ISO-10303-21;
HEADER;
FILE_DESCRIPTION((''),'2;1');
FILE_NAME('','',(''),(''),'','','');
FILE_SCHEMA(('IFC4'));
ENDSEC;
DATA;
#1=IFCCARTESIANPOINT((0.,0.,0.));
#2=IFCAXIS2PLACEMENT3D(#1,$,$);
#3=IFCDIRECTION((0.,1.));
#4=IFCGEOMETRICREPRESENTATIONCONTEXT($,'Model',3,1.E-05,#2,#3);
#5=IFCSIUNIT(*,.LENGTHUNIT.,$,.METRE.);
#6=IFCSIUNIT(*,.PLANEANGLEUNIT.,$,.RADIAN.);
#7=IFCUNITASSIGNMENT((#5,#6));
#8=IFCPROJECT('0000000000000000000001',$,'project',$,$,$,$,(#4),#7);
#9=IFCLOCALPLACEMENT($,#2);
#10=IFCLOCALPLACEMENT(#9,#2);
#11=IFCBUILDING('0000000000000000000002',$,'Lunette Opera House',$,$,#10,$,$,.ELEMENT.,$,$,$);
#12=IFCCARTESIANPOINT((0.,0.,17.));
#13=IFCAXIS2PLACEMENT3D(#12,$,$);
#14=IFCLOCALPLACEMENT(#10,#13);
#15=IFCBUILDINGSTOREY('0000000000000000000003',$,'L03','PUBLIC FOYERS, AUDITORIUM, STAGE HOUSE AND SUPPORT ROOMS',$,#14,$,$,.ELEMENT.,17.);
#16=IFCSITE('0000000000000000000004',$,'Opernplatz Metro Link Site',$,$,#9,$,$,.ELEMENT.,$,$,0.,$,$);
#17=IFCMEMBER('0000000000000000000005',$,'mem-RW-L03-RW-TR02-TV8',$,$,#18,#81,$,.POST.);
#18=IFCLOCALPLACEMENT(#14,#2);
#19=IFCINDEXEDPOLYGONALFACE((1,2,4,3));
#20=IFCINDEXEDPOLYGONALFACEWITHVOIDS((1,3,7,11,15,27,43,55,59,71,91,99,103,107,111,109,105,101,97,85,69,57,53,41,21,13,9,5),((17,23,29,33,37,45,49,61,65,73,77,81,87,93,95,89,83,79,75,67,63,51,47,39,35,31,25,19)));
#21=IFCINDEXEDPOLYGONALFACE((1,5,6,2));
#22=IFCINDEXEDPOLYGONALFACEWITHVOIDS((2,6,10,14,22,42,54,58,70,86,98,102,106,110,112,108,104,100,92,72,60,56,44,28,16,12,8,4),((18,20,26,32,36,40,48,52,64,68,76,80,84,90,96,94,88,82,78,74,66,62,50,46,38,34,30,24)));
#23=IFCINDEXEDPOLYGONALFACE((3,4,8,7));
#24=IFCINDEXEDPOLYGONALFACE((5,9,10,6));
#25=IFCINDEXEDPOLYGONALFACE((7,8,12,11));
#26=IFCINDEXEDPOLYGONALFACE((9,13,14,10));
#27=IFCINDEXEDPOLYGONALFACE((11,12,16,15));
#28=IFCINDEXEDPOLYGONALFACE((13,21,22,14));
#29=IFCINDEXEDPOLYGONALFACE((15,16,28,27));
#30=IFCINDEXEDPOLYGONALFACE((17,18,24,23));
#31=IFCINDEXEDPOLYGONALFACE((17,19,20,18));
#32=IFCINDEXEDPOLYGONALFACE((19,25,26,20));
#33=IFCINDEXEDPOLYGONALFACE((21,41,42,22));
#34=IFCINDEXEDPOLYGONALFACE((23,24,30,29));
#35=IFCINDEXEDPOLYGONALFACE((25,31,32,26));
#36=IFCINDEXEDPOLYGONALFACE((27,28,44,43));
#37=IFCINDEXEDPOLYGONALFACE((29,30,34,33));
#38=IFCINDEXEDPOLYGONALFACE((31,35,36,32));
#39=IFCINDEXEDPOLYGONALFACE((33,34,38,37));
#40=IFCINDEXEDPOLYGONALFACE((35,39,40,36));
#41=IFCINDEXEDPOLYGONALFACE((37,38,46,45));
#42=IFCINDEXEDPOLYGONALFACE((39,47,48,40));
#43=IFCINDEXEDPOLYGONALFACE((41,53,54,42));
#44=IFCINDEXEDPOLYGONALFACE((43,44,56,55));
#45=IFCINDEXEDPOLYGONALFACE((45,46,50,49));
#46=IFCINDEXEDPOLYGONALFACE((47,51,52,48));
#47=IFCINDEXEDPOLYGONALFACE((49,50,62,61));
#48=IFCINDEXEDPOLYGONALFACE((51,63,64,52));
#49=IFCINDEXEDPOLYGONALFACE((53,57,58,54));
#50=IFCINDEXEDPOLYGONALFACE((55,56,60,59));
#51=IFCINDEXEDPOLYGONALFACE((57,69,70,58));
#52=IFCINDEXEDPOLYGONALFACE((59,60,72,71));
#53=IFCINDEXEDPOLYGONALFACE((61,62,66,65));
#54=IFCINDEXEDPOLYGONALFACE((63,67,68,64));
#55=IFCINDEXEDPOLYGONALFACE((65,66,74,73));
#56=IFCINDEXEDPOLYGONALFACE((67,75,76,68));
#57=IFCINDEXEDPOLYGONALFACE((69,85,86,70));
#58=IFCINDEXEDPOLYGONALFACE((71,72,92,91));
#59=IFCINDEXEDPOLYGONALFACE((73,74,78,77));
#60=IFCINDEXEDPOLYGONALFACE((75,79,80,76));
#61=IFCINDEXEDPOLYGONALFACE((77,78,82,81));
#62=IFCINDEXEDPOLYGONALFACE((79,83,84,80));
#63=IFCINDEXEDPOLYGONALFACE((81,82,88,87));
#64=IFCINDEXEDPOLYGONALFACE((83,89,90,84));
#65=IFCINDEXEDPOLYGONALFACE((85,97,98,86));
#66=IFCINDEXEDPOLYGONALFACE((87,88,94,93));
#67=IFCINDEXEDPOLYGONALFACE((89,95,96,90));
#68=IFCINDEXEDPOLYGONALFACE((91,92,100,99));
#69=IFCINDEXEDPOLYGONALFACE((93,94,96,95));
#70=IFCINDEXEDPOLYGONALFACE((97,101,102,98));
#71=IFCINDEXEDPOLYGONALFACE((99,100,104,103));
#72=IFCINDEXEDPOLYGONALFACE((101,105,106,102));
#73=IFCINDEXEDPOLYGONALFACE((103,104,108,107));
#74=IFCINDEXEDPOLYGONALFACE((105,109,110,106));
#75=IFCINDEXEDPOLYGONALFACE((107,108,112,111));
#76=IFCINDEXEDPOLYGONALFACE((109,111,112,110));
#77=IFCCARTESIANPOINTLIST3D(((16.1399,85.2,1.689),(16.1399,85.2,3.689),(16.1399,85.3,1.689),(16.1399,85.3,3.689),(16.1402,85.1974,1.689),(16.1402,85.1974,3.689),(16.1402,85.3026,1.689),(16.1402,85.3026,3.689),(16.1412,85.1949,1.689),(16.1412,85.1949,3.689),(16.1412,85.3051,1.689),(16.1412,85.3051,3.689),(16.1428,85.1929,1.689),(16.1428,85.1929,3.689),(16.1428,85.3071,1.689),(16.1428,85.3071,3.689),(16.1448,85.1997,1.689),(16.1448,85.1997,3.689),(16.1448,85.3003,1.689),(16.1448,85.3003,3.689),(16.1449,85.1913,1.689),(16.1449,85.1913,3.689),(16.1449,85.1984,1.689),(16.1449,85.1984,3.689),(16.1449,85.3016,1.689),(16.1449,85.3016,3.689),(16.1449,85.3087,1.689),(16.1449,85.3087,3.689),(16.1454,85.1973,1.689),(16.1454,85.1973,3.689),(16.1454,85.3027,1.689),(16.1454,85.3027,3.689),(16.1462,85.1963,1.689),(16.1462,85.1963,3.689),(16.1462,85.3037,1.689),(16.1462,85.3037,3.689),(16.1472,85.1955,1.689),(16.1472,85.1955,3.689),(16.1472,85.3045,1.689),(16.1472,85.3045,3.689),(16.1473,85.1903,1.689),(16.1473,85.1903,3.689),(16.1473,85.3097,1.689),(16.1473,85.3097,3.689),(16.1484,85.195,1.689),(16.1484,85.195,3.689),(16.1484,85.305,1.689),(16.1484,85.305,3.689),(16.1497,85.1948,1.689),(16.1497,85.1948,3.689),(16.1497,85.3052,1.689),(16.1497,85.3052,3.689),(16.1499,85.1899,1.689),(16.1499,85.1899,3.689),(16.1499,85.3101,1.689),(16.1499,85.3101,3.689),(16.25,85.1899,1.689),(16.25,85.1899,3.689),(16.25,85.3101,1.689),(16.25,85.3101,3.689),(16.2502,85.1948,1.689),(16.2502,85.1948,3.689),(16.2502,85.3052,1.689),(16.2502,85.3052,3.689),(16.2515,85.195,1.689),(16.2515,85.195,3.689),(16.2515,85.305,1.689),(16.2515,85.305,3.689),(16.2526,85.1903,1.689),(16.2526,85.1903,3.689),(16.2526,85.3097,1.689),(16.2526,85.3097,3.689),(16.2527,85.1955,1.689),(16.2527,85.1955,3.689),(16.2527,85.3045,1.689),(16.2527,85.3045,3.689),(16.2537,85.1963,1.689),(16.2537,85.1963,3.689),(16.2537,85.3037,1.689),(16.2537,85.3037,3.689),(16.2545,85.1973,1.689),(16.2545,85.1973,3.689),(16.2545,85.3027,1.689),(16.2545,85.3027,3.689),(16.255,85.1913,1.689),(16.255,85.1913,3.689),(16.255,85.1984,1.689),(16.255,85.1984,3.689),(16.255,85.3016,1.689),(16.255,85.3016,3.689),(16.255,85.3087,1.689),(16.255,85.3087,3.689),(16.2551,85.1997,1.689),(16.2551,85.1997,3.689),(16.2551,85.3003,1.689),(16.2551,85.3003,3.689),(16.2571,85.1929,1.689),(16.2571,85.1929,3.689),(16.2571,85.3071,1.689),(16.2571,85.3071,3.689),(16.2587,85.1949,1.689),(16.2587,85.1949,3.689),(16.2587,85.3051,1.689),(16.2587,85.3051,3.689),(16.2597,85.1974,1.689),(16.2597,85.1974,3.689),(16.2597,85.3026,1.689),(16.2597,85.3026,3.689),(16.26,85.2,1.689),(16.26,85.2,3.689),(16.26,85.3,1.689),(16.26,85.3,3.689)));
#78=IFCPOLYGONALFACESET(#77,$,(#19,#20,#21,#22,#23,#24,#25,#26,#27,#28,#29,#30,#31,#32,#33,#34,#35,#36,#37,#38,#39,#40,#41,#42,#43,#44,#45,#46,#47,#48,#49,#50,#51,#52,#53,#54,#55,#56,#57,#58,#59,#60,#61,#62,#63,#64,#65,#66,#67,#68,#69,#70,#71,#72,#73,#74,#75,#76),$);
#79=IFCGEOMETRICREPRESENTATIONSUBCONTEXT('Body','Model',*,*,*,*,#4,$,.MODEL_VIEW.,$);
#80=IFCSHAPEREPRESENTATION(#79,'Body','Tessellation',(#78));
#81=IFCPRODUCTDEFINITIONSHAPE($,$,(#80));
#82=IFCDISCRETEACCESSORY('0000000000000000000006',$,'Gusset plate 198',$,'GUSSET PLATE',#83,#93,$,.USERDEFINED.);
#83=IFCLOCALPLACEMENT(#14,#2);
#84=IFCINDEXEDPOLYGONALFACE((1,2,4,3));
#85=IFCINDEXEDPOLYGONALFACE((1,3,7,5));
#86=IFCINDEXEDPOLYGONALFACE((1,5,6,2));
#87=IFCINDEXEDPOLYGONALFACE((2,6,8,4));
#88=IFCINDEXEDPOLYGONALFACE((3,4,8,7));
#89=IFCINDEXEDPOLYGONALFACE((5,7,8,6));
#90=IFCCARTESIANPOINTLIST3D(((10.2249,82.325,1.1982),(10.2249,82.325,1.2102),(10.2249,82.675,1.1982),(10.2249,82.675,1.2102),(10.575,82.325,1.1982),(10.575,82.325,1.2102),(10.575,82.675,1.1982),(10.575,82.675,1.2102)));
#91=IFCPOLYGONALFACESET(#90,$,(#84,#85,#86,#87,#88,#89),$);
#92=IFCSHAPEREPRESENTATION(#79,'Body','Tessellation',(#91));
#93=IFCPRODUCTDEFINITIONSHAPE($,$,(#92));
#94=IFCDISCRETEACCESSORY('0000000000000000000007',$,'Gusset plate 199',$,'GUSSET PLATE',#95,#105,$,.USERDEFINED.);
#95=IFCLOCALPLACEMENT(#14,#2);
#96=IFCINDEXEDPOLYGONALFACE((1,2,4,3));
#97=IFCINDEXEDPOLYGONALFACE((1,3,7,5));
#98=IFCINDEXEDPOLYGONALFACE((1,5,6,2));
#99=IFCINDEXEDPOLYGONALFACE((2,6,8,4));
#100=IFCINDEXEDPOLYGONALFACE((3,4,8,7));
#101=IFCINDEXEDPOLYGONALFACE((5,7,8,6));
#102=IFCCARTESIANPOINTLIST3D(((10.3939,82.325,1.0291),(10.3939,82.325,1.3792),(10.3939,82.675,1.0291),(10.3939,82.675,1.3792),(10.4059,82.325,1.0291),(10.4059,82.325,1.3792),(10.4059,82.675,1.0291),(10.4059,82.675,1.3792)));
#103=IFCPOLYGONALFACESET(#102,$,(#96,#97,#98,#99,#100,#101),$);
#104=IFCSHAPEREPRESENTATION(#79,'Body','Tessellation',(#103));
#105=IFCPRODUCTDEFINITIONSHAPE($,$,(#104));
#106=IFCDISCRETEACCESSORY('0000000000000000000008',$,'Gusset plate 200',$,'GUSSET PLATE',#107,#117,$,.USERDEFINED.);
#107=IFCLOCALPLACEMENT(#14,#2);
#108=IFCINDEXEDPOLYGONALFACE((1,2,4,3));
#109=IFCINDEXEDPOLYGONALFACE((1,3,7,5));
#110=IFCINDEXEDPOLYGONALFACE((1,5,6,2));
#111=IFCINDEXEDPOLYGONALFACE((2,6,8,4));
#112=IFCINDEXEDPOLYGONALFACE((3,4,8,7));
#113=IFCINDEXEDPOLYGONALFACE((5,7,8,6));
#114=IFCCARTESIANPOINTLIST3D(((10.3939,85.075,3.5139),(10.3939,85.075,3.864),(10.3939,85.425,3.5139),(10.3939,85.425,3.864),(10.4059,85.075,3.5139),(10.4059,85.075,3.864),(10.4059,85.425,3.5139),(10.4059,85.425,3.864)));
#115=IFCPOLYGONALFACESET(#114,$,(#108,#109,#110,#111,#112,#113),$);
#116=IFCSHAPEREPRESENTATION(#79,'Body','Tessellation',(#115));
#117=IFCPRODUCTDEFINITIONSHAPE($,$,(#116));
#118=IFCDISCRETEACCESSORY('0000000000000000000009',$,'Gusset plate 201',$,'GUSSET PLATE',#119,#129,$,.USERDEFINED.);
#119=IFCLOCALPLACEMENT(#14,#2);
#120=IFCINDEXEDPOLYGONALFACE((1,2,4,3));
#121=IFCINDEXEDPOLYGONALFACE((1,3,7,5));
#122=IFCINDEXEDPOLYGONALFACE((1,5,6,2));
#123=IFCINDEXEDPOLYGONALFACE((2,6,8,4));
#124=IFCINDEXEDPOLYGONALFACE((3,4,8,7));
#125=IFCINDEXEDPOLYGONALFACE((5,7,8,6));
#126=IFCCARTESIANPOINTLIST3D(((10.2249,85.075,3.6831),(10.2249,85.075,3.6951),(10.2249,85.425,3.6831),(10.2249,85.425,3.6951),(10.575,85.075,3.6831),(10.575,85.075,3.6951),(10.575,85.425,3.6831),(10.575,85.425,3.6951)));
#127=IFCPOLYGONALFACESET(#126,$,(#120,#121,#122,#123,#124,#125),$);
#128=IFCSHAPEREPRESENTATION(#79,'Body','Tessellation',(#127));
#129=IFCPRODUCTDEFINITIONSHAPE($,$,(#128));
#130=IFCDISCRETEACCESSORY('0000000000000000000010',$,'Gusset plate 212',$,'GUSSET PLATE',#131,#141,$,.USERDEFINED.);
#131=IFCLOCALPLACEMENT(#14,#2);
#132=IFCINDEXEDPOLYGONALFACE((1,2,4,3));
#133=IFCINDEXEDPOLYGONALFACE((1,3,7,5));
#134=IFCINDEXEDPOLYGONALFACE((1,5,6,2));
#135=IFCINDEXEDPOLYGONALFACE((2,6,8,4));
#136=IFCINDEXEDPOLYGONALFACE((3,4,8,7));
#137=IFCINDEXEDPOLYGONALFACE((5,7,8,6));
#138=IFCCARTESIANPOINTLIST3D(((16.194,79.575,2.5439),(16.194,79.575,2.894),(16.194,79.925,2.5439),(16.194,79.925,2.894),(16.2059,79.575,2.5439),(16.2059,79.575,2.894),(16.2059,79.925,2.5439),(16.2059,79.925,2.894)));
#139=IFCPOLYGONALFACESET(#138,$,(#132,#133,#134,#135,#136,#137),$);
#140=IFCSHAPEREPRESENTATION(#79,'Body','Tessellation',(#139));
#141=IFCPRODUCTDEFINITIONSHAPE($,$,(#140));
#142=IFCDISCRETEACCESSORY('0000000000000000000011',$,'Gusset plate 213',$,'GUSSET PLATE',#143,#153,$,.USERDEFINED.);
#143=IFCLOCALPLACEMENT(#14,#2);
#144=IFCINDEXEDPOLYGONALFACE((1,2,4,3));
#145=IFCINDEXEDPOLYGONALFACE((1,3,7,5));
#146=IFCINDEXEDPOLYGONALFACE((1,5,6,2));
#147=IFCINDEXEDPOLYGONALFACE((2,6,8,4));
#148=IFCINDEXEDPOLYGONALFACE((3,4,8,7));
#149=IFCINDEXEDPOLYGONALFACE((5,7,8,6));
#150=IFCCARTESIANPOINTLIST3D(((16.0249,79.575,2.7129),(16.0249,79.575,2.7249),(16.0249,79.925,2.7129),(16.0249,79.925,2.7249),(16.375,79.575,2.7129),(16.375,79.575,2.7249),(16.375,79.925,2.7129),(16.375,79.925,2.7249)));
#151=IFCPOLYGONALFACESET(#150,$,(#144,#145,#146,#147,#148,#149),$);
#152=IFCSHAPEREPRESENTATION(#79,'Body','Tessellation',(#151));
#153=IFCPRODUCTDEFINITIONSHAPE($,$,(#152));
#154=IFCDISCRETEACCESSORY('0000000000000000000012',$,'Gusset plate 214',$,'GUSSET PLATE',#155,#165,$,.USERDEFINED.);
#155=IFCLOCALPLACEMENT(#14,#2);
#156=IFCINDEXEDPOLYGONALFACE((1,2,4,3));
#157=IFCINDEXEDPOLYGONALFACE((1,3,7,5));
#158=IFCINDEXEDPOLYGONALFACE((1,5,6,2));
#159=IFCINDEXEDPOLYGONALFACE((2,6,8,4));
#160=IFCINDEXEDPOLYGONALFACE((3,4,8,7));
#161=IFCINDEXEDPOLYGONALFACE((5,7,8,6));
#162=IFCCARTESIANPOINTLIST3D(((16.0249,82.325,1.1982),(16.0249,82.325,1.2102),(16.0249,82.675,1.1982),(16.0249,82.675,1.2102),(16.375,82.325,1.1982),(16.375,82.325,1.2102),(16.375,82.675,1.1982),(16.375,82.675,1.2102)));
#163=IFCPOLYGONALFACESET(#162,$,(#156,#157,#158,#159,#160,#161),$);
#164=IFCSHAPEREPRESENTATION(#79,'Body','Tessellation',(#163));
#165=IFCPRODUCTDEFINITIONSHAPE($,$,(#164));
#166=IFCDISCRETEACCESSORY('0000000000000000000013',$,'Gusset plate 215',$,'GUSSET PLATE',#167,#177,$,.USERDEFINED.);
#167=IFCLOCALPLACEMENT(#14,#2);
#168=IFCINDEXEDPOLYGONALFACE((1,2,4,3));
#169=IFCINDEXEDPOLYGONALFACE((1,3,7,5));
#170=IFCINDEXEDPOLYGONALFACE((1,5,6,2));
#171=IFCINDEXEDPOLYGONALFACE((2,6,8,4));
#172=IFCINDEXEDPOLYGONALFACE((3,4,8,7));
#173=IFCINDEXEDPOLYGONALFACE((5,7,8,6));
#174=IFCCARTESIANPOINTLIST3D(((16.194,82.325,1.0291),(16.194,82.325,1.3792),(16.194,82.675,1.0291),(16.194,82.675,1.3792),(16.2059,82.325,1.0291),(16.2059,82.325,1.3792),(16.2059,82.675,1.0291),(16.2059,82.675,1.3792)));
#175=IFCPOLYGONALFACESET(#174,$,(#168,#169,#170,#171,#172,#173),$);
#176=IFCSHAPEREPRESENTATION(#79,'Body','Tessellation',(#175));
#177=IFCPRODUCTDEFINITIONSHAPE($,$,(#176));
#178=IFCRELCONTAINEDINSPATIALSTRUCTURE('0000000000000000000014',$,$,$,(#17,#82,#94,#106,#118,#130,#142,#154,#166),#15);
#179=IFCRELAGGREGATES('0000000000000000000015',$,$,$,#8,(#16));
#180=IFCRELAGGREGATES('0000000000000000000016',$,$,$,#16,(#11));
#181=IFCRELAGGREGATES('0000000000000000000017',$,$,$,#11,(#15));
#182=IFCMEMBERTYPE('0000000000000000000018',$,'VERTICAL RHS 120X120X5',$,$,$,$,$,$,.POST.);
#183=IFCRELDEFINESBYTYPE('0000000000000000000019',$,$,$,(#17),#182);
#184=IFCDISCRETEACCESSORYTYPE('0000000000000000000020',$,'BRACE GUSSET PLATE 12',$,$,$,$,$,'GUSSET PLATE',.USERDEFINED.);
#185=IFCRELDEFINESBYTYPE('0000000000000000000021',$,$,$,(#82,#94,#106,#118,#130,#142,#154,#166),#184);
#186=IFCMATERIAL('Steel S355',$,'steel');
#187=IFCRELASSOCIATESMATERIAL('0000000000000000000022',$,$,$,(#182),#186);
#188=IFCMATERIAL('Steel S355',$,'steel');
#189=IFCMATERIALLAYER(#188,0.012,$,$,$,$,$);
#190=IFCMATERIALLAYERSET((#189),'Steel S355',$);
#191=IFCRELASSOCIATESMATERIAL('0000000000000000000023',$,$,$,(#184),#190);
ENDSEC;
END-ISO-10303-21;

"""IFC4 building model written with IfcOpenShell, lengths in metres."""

from ifc_helpers import new_model, si_unit, direction, frame, origin, origin_2d, place, context, subcontext, project, spatial, rectangle, hollow_rectangle, extrude, material, layer, layer_set, material_profile, profile_set, type_object, element, save


model = new_model("IFC4")

# Units and contexts
model_context = context("Model", 3, precision=1e-05, world=origin(), true_north=direction((0.0, 1.0)))
body_context = subcontext(model_context, "Body", "Model", "MODEL_VIEW")
ifc_project = project(units=[si_unit("LENGTHUNIT", "METRE"), si_unit("PLANEANGLEUNIT", "RADIAN")], contexts=[model_context])

# Site, building, storey
site_placement = place(None, origin())
site = spatial("IfcSite", under=ifc_project, at=site_placement, Name="Opernplatz Metro Link Site", CompositionType="ELEMENT", RefElevation=0.0)
building_placement = place(site_placement, origin())
building = spatial("IfcBuilding", under=site, at=building_placement, Name="Lunette Opera House", CompositionType="ELEMENT")
storey_placement = place(building_placement, frame((0.0, 0.0, 17.0)))
storey = spatial("IfcBuildingStorey", under=building, at=storey_placement, Name="L03", Description="PUBLIC FOYERS, AUDITORIUM, STAGE HOUSE AND SUPPORT ROOMS", CompositionType="ELEMENT", Elevation=17.0)

# Member
ifc_material_1 = material(Name="Steel S355", Category="steel")
ifc_material_profile_1 = material_profile(ifc_material_1, hollow_rectangle(XDim=0.1201, YDim=0.1201, WallThickness=0.0049, InnerFilletRadius=0.0049, OuterFilletRadius=0.01, at=origin_2d()), Name="RHS 120X120X5")
ifc_profile_set_1 = profile_set([ifc_material_profile_1], Name="Steel S355")
member_type_1 = type_object("IfcMemberType", Name="VERTICAL RHS 120X120X5", PredefinedType="POST", material=ifc_profile_set_1)
for number, where, z_axis, x_axis, name in (
    (1, (16.2, 85.25, 1.689), (0.0, 0.0, 1.0), (1.0, 0.0, 0.0), "mem-RW-L03-RW-TR02-TV8"),
):
    element("IfcMember", number, at=place(storey_placement, frame(where, z_axis=z_axis, x_axis=x_axis)), inside=storey, type_object=member_type_1, Name=name, PredefinedType="POST", context=body_context, shape_type="SweptSolid", body=[
        extrude(hollow_rectangle(XDim=0.1201, YDim=0.1201, WallThickness=0.0049, InnerFilletRadius=0.0049, OuterFilletRadius=0.01, at=origin_2d()), origin(), (0.0, 0.0, 1.0), 2.0),
    ])

# Discrete accessories
ifc_material_2 = material(Name="Steel S355", Category="steel")
ifc_layer = layer(ifc_material_2, 0.012)
ifc_layer_set = layer_set([ifc_layer], Name="Steel S355")
discrete_accessory_type = type_object("IfcDiscreteAccessoryType", Name="BRACE GUSSET PLATE 12", ElementType="GUSSET PLATE", PredefinedType="USERDEFINED", material=ifc_layer_set)
discrete_accessory_1_placement = place(storey_placement, frame((10.3999, 82.5, 1.1982), z_axis=(0.0, 0.0, 1.0), x_axis=(0.0, 1.0, 0.0)))
element("IfcDiscreteAccessory", 2, at=discrete_accessory_1_placement, inside=storey, type_object=discrete_accessory_type, Name="Gusset plate 198", ObjectType="GUSSET PLATE", PredefinedType="USERDEFINED", context=body_context, shape_type="SweptSolid", body=[
    extrude(rectangle(XDim=0.3501, YDim=0.3501, at=origin_2d()), origin(), (0.0, 0.0, 1.0), 0.012),
])
for number, where, z_axis, x_axis, name in (
    (3, (10.3999, 82.5, 1.0291), (0.0, 0.0, 1.0), (0.0, 1.0, 0.0), "Gusset plate 199"),
    (4, (10.3999, 85.25, 3.5139), (0.0, 0.0, 1.0), (0.0, 1.0, 0.0), "Gusset plate 200"),
):
    element("IfcDiscreteAccessory", number, at=place(storey_placement, frame(where, z_axis=z_axis, x_axis=x_axis)), inside=storey, type_object=discrete_accessory_type, Name=name, ObjectType="GUSSET PLATE", PredefinedType="USERDEFINED", context=body_context, shape_type="SweptSolid", body=[
        extrude(rectangle(XDim=0.3501, YDim=0.012, at=origin_2d()), origin(), (0.0, 0.0, 1.0), 0.3501),
    ])
discrete_accessory_2_placement = place(storey_placement, frame((10.3999, 85.25, 3.6831), z_axis=(0.0, 0.0, 1.0), x_axis=(0.0, 1.0, 0.0)))
element("IfcDiscreteAccessory", 5, at=discrete_accessory_2_placement, inside=storey, type_object=discrete_accessory_type, Name="Gusset plate 201", ObjectType="GUSSET PLATE", PredefinedType="USERDEFINED", context=body_context, shape_type="SweptSolid", body=[
    extrude(rectangle(XDim=0.3501, YDim=0.3501, at=origin_2d()), origin(), (0.0, 0.0, 1.0), 0.012),
])
discrete_accessory_3_placement = place(storey_placement, frame((16.2, 79.75, 2.5439), z_axis=(0.0, 0.0, 1.0), x_axis=(0.0, 1.0, 0.0)))
element("IfcDiscreteAccessory", 6, at=discrete_accessory_3_placement, inside=storey, type_object=discrete_accessory_type, Name="Gusset plate 212", ObjectType="GUSSET PLATE", PredefinedType="USERDEFINED", context=body_context, shape_type="SweptSolid", body=[
    extrude(rectangle(XDim=0.3501, YDim=0.012, at=origin_2d()), origin(), (0.0, 0.0, 1.0), 0.3501),
])
for number, where, z_axis, x_axis, name in (
    (7, (16.2, 79.75, 2.7129), (0.0, 0.0, 1.0), (0.0, 1.0, 0.0), "Gusset plate 213"),
    (8, (16.2, 82.5, 1.1982), (0.0, 0.0, 1.0), (0.0, 1.0, 0.0), "Gusset plate 214"),
):
    element("IfcDiscreteAccessory", number, at=place(storey_placement, frame(where, z_axis=z_axis, x_axis=x_axis)), inside=storey, type_object=discrete_accessory_type, Name=name, ObjectType="GUSSET PLATE", PredefinedType="USERDEFINED", context=body_context, shape_type="SweptSolid", body=[
        extrude(rectangle(XDim=0.3501, YDim=0.3501, at=origin_2d()), origin(), (0.0, 0.0, 1.0), 0.012),
    ])
discrete_accessory_4_placement = place(storey_placement, frame((16.2, 82.5, 1.0291), z_axis=(0.0, 0.0, 1.0), x_axis=(0.0, 1.0, 0.0)))
element("IfcDiscreteAccessory", 9, at=discrete_accessory_4_placement, inside=storey, type_object=discrete_accessory_type, Name="Gusset plate 215", ObjectType="GUSSET PLATE", PredefinedType="USERDEFINED", context=body_context, shape_type="SweptSolid", body=[
    extrude(rectangle(XDim=0.3501, YDim=0.012, at=origin_2d()), origin(), (0.0, 0.0, 1.0), 0.3501),
])

save(model, "model.ifc")
